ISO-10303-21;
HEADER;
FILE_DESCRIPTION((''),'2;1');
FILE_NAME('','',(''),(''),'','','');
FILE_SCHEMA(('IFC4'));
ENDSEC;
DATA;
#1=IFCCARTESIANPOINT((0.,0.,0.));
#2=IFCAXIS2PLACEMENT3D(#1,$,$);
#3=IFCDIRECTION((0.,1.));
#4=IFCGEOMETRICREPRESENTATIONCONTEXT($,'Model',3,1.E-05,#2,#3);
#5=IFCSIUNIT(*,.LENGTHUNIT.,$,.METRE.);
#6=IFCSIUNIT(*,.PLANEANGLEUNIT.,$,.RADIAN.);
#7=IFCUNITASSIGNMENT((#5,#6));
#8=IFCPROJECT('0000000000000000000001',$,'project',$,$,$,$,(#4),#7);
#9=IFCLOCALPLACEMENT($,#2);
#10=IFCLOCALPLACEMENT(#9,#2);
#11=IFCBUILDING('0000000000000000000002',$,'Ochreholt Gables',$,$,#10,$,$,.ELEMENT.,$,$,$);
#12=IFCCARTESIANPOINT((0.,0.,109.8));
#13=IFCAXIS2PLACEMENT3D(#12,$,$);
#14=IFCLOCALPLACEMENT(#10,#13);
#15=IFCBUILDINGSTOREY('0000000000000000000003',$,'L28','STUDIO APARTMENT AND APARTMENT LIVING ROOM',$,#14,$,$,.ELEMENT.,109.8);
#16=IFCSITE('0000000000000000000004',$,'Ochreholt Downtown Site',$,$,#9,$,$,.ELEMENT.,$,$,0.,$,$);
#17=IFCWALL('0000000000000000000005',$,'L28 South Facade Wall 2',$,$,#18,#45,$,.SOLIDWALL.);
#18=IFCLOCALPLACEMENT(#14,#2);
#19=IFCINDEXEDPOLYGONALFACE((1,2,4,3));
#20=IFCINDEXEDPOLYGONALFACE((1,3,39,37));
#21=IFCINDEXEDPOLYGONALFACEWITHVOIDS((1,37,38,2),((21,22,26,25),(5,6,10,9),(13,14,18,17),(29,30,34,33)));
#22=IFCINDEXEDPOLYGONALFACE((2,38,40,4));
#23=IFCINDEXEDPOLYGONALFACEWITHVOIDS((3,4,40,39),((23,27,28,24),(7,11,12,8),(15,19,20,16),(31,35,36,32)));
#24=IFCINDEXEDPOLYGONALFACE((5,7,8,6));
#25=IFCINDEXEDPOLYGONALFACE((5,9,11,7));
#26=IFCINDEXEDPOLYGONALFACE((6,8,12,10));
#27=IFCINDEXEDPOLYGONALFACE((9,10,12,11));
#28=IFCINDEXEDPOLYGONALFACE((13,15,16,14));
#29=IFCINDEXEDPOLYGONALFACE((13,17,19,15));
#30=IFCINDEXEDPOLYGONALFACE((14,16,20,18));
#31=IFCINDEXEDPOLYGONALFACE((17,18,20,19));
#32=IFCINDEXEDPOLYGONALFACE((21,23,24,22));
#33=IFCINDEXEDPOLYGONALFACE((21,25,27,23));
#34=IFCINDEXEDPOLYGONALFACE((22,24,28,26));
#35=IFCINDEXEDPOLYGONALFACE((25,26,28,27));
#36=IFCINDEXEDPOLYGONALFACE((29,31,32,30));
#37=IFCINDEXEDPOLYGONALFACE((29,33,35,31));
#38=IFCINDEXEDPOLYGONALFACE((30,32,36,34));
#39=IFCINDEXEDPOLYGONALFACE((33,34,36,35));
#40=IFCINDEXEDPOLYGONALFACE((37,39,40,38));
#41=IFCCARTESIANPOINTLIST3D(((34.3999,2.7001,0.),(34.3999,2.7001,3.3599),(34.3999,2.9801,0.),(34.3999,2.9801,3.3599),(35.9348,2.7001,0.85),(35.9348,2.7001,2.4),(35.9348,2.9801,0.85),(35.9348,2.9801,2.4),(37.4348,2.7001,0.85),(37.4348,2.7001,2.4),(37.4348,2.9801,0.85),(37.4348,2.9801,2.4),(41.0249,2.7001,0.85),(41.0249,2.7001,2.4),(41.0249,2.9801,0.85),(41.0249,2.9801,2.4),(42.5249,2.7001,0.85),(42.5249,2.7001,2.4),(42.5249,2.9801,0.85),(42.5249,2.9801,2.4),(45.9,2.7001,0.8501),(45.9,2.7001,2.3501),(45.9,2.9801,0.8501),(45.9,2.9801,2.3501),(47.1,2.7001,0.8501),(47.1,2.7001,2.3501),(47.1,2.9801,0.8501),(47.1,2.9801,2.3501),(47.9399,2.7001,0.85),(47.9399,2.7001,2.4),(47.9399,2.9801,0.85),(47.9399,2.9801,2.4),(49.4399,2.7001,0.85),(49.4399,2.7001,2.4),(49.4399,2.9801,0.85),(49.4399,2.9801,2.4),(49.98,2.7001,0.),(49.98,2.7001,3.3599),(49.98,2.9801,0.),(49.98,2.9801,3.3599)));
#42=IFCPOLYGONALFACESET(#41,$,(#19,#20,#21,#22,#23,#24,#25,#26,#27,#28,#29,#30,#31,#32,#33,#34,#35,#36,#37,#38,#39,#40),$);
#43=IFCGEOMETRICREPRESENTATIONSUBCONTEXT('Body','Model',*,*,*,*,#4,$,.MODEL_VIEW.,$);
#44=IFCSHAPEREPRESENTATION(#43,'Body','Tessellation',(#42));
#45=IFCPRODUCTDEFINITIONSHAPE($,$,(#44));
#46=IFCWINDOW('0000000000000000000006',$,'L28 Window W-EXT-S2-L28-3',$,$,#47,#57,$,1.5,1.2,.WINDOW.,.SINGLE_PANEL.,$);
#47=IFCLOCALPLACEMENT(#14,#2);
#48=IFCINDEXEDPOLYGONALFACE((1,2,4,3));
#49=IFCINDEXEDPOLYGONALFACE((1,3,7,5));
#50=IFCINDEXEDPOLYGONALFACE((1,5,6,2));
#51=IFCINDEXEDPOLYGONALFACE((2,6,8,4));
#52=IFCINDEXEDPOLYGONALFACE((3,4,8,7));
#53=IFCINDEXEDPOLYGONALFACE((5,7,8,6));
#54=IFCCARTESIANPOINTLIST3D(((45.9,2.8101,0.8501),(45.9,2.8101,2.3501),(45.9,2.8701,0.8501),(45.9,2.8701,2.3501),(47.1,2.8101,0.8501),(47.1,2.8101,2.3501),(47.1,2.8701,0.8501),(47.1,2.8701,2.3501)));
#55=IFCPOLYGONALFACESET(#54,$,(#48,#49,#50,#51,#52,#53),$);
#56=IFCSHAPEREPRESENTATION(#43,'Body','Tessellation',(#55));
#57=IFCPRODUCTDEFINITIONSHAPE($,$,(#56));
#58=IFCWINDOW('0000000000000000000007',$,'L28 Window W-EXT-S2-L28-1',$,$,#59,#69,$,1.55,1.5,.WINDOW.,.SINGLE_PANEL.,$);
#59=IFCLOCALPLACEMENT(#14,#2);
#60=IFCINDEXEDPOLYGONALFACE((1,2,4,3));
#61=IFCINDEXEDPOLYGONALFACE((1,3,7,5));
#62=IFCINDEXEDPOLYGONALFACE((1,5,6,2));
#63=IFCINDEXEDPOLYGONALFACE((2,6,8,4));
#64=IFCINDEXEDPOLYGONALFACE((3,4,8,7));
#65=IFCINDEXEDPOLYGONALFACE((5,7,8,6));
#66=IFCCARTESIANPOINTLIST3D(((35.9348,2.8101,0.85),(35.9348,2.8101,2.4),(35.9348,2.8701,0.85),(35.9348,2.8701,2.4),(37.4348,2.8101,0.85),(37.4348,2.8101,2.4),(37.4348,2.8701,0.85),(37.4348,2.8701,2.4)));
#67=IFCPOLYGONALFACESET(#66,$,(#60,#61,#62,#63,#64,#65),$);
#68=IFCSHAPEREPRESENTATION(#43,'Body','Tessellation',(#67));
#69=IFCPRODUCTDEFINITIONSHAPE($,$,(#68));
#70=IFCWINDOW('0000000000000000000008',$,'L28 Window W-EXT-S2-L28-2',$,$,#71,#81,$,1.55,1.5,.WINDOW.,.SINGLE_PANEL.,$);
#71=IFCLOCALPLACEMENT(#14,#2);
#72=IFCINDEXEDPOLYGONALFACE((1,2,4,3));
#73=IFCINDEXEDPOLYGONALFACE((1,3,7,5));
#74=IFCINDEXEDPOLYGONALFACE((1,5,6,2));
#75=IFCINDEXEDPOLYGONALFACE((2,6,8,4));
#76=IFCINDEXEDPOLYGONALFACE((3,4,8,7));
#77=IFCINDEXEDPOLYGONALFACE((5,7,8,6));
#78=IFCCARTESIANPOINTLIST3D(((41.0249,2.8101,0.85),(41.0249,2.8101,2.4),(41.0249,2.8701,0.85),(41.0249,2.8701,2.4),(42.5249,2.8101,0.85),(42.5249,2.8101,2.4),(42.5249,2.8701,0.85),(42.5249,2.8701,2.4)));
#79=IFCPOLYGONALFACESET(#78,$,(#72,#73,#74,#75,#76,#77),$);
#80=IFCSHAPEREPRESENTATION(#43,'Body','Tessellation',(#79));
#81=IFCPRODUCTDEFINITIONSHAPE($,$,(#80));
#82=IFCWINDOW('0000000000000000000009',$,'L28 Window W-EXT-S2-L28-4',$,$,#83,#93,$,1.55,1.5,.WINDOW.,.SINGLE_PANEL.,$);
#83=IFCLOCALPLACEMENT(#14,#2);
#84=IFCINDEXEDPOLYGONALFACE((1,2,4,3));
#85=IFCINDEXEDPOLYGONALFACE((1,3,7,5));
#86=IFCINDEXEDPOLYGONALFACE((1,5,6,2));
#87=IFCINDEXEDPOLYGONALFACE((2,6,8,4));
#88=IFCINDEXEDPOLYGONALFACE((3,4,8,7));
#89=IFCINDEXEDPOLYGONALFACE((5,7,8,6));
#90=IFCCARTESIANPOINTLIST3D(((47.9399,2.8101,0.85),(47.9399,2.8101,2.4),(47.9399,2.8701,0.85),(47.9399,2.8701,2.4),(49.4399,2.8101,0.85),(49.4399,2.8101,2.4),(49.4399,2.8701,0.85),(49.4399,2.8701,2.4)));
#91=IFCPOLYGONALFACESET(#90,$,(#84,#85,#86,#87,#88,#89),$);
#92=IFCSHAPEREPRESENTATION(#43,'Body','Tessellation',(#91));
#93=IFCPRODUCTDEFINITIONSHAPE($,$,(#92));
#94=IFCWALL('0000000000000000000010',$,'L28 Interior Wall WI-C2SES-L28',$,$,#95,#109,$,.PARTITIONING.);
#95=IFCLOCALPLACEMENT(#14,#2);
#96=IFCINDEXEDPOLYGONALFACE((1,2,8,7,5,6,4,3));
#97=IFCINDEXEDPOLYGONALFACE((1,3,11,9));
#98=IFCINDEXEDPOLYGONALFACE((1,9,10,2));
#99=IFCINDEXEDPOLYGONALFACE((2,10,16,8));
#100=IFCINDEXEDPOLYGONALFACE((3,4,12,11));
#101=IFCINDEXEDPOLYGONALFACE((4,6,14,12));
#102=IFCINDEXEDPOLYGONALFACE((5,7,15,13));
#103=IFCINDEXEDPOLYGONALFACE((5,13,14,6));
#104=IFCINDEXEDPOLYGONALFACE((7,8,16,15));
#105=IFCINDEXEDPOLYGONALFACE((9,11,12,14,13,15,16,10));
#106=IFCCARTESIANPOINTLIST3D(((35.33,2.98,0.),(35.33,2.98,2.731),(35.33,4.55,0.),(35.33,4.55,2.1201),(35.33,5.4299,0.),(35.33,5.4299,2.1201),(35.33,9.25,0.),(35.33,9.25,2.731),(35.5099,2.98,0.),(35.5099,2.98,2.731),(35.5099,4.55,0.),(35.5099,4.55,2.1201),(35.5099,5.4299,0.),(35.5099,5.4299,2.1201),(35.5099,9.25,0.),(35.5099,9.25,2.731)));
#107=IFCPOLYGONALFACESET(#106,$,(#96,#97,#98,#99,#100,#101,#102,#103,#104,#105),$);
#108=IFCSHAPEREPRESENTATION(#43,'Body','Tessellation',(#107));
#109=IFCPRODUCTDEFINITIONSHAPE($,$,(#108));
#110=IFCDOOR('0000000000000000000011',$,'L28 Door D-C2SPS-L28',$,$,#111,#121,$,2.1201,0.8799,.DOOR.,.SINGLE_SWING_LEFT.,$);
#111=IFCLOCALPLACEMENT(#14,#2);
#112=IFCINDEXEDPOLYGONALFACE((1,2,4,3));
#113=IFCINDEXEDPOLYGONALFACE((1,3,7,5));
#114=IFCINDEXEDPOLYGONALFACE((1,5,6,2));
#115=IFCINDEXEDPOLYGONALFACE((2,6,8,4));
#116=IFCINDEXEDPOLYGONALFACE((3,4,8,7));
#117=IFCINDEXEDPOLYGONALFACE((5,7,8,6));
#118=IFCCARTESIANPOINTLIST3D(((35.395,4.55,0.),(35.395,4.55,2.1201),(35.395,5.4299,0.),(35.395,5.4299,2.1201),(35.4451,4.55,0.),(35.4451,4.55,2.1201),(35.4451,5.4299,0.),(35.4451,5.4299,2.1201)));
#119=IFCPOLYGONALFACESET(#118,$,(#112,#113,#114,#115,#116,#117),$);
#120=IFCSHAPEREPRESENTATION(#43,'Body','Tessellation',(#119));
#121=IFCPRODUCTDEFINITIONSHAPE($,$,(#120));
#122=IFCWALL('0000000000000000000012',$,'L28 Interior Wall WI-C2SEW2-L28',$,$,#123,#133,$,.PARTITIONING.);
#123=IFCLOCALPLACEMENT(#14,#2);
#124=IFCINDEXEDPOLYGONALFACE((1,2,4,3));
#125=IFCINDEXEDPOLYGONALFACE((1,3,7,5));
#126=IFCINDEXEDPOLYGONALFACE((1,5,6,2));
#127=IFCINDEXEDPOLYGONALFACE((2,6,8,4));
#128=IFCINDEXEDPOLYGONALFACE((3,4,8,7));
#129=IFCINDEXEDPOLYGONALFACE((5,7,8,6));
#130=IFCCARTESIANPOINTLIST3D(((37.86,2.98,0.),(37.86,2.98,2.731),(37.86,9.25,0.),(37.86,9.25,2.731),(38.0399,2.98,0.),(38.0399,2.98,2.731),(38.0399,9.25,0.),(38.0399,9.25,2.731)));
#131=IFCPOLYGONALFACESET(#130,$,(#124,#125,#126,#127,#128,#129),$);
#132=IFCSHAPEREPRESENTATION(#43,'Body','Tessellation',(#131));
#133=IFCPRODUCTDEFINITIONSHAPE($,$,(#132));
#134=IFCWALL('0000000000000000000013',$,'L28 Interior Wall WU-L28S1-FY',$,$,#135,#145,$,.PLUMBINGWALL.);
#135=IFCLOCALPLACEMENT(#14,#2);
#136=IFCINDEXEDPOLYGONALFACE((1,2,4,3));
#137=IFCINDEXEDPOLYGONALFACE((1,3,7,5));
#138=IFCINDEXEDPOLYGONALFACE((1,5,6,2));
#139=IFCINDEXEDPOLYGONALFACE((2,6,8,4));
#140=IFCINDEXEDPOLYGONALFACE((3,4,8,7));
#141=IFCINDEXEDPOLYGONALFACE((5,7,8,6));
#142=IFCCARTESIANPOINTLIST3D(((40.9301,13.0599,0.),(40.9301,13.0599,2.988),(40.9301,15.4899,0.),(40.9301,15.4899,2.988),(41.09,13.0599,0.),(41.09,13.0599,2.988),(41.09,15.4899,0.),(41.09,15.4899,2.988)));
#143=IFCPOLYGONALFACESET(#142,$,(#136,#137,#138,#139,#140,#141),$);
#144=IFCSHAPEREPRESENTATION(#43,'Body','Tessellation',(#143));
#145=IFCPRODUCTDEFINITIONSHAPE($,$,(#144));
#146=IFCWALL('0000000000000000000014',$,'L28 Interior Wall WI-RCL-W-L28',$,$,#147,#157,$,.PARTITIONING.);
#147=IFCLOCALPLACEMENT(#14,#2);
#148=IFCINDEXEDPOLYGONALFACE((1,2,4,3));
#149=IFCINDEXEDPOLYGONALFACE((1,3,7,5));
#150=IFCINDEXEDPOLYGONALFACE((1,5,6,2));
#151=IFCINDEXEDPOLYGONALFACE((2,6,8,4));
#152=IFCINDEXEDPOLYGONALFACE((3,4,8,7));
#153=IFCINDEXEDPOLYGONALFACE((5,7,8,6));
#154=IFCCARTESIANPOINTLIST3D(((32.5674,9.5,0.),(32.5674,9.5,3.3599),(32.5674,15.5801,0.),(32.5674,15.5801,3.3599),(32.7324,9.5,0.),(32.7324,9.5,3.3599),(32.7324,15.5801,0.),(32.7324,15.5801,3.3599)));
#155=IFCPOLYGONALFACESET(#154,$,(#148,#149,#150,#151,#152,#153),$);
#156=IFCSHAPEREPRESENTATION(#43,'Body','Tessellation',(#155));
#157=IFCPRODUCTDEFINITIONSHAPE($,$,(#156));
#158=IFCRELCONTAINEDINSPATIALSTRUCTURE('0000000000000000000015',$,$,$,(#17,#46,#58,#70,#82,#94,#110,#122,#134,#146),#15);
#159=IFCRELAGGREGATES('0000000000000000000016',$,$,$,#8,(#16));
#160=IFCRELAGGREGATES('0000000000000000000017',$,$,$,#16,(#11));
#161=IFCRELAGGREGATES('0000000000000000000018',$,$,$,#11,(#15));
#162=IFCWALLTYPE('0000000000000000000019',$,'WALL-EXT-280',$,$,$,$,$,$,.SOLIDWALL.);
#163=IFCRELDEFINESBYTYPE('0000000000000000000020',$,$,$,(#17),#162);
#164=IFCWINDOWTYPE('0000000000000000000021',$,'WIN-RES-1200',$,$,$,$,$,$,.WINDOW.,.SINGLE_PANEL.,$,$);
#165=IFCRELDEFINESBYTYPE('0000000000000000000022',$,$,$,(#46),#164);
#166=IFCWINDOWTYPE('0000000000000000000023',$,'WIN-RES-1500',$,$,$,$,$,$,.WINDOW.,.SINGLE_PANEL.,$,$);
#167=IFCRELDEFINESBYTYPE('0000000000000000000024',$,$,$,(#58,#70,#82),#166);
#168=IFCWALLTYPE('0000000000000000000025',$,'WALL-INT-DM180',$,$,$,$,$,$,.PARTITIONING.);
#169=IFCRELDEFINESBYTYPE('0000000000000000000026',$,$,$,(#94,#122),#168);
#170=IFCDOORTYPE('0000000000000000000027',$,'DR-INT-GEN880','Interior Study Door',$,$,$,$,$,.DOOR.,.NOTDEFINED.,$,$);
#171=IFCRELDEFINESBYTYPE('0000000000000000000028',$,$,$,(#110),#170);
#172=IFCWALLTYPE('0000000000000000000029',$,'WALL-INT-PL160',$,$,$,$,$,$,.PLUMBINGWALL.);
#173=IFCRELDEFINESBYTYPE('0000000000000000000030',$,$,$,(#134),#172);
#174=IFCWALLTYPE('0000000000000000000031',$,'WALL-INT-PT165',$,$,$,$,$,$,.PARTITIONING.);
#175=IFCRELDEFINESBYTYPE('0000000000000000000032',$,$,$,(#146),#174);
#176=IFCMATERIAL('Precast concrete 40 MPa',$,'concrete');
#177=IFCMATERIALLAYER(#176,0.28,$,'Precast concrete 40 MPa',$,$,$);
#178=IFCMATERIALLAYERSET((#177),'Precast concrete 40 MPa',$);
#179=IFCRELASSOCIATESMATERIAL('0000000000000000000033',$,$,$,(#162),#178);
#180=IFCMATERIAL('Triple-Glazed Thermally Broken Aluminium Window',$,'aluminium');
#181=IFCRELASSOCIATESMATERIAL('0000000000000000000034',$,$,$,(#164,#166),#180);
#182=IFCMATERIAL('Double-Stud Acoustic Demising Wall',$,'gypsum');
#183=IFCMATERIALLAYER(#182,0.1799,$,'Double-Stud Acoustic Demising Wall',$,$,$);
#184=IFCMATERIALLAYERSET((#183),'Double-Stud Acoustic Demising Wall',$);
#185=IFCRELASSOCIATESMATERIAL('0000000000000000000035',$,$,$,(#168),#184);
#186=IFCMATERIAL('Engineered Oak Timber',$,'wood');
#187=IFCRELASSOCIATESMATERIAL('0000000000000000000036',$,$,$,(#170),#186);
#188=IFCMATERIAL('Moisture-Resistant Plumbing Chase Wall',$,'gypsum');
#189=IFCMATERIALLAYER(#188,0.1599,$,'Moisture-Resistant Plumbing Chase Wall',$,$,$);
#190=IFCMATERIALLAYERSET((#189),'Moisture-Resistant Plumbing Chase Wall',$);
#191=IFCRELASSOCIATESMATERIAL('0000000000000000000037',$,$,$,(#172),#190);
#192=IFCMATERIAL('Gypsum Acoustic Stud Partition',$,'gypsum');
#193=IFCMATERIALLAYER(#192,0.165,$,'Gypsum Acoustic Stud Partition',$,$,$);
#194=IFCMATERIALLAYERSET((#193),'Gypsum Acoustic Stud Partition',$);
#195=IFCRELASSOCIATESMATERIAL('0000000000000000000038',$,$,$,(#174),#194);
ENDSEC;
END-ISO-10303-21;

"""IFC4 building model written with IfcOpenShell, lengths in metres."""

from ifc_helpers import new_model, si_unit, direction, frame, frame_2d, origin, place, context, subcontext, project, spatial, rectangle, extrude, material, layer, layer_set, type_object, element, fill, save


model = new_model("IFC4")

# Units and contexts
model_context = context("Model", 3, precision=1e-05, world=origin(), true_north=direction((0.0, 1.0)))
body_context = subcontext(model_context, "Body", "Model", "MODEL_VIEW")
ifc_project = project(units=[si_unit("LENGTHUNIT", "METRE"), si_unit("PLANEANGLEUNIT", "RADIAN")], contexts=[model_context])

# Site, building, storey
site_placement = place(None, origin())
site = spatial("IfcSite", under=ifc_project, at=site_placement, Name="Ochreholt Downtown Site", CompositionType="ELEMENT", RefElevation=0.0)
building_placement = place(site_placement, origin())
building = spatial("IfcBuilding", under=site, at=building_placement, Name="Ochreholt Gables", CompositionType="ELEMENT")
storey_placement = place(building_placement, frame((0.0, 0.0, 109.8)))
storey = spatial("IfcBuildingStorey", under=building, at=storey_placement, Name="L28", Description="STUDIO APARTMENT AND APARTMENT LIVING ROOM", CompositionType="ELEMENT", Elevation=109.8)

# Wall, openings, windows
ifc_material_1 = material(Name="Precast concrete 40 MPa", Category="concrete")
ifc_layer_1 = layer(ifc_material_1, 0.28, Name="Precast concrete 40 MPa")
ifc_layer_set_1 = layer_set([ifc_layer_1], Name="Precast concrete 40 MPa")
wall_type_1 = type_object("IfcWallType", Name="WALL-EXT-280", PredefinedType="SOLIDWALL", material=ifc_layer_set_1)
wall_1_placement = place(storey_placement, frame((34.3999, 2.8401, 0.0), z_axis=(0.0, 0.0, 1.0), x_axis=(1.0, 0.0, 0.0)))
wall_1 = element("IfcWall", 1, at=wall_1_placement, inside=storey, type_object=wall_type_1, Name="L28 South Facade Wall 2", PredefinedType="SOLIDWALL", context=body_context, shape_type="SweptSolid", body=[
    extrude(rectangle(XDim=15.5801, YDim=0.28, at=frame_2d((7.79, 0.0))), origin(), (0.0, 0.0, 1.0), 3.3599),
])
opening_1_placement = place(wall_1_placement, frame((1.5349, 0.0, 0.8501)))
opening_1 = element("IfcOpeningElement", 2, at=opening_1_placement, cuts=wall_1, PredefinedType="OPENING", context=body_context, shape_type="SweptSolid", body=[
    extrude(rectangle(XDim=1.5, YDim=1.55, at=frame_2d((0.75, 0.7749))), frame((0.0, 0.1499, 0.0), z_axis=(0.0, -1.0, 0.0), x_axis=(1.0, 0.0, 0.0)), (0.0, 0.0, 1.0), 0.3),
])
opening_2_placement = place(wall_1_placement, frame((6.625, 0.0, 0.8501)))
opening_2 = element("IfcOpeningElement", 3, at=opening_2_placement, cuts=wall_1, PredefinedType="OPENING", context=body_context, shape_type="SweptSolid", body=[
    extrude(rectangle(XDim=1.5, YDim=1.55, at=frame_2d((0.75, 0.7749))), frame((0.0, 0.1499, 0.0), z_axis=(0.0, -1.0, 0.0), x_axis=(1.0, 0.0, 0.0)), (0.0, 0.0, 1.0), 0.3),
])
opening_3_placement = place(wall_1_placement, frame((11.5, 0.0, 0.8501)))
opening_3 = element("IfcOpeningElement", 4, at=opening_3_placement, cuts=wall_1, PredefinedType="OPENING", context=body_context, shape_type="SweptSolid", body=[
    extrude(rectangle(XDim=1.2, YDim=1.5, at=frame_2d((0.6001, 0.75))), frame((0.0, 0.1499, 0.0), z_axis=(0.0, -1.0, 0.0), x_axis=(1.0, 0.0, 0.0)), (0.0, 0.0, 1.0), 0.3),
])
opening_4_placement = place(wall_1_placement, frame((13.54, 0.0, 0.8501)))
opening_4 = element("IfcOpeningElement", 5, at=opening_4_placement, cuts=wall_1, PredefinedType="OPENING", context=body_context, shape_type="SweptSolid", body=[
    extrude(rectangle(XDim=1.5, YDim=1.55, at=frame_2d((0.75, 0.7749))), frame((0.0, 0.1499, 0.0), z_axis=(0.0, -1.0, 0.0), x_axis=(1.0, 0.0, 0.0)), (0.0, 0.0, 1.0), 0.3),
])
ifc_material_2 = material(Name="Triple-Glazed Thermally Broken Aluminium Window", Category="aluminium")
window_type_1 = type_object("IfcWindowType", Name="WIN-RES-1200", PartitioningType="SINGLE_PANEL", PredefinedType="WINDOW", material=ifc_material_2)
window_1_placement = place(opening_3_placement, origin())
window_1 = element("IfcWindow", 6, at=window_1_placement, inside=storey, type_object=window_type_1, Name="L28 Window W-EXT-S2-L28-3", OverallHeight=1.5, OverallWidth=1.2, PartitioningType="SINGLE_PANEL", PredefinedType="WINDOW", context=body_context, shape_type="SweptSolid", body=[
    extrude(rectangle(XDim=1.2, YDim=1.5, at=frame_2d((0.6001, 0.75))), frame((0.0, 0.03, 0.0), z_axis=(0.0, -1.0, 0.0), x_axis=(1.0, 0.0, 0.0)), (0.0, 0.0, 1.0), 0.0601),
])
fill(opening_3, window_1)
window_type_2 = type_object("IfcWindowType", Name="WIN-RES-1500", PartitioningType="SINGLE_PANEL", PredefinedType="WINDOW", material=ifc_material_2)
window_2_placement = place(opening_1_placement, origin())
window_2 = element("IfcWindow", 7, at=window_2_placement, inside=storey, type_object=window_type_2, Name="L28 Window W-EXT-S2-L28-1", OverallHeight=1.55, OverallWidth=1.5, PartitioningType="SINGLE_PANEL", PredefinedType="WINDOW", context=body_context, shape_type="SweptSolid", body=[
    extrude(rectangle(XDim=1.5, YDim=1.55, at=frame_2d((0.75, 0.7749))), frame((0.0, 0.03, 0.0), z_axis=(0.0, -1.0, 0.0), x_axis=(1.0, 0.0, 0.0)), (0.0, 0.0, 1.0), 0.0601),
])
fill(opening_1, window_2)
window_3_placement = place(opening_2_placement, origin())
window_3 = element("IfcWindow", 8, at=window_3_placement, inside=storey, type_object=window_type_2, Name="L28 Window W-EXT-S2-L28-2", OverallHeight=1.55, OverallWidth=1.5, PartitioningType="SINGLE_PANEL", PredefinedType="WINDOW", context=body_context, shape_type="SweptSolid", body=[
    extrude(rectangle(XDim=1.5, YDim=1.55, at=frame_2d((0.75, 0.7749))), frame((0.0, 0.03, 0.0), z_axis=(0.0, -1.0, 0.0), x_axis=(1.0, 0.0, 0.0)), (0.0, 0.0, 1.0), 0.0601),
])
fill(opening_2, window_3)
window_4_placement = place(opening_4_placement, origin())
window_4 = element("IfcWindow", 9, at=window_4_placement, inside=storey, type_object=window_type_2, Name="L28 Window W-EXT-S2-L28-4", OverallHeight=1.55, OverallWidth=1.5, PartitioningType="SINGLE_PANEL", PredefinedType="WINDOW", context=body_context, shape_type="SweptSolid", body=[
    extrude(rectangle(XDim=1.5, YDim=1.55, at=frame_2d((0.75, 0.7749))), frame((0.0, 0.03, 0.0), z_axis=(0.0, -1.0, 0.0), x_axis=(1.0, 0.0, 0.0)), (0.0, 0.0, 1.0), 0.0601),
])
fill(opening_4, window_4)

# Wall, opening, door
ifc_material_3 = material(Name="Double-Stud Acoustic Demising Wall", Category="gypsum")
ifc_layer_2 = layer(ifc_material_3, 0.1799, Name="Double-Stud Acoustic Demising Wall")
ifc_layer_set_2 = layer_set([ifc_layer_2], Name="Double-Stud Acoustic Demising Wall")
wall_type_2 = type_object("IfcWallType", Name="WALL-INT-DM180", PredefinedType="PARTITIONING", material=ifc_layer_set_2)
wall_2_placement = place(storey_placement, frame((35.4199, 2.98, 0.0), z_axis=(0.0, 0.0, 1.0), x_axis=(0.0, 1.0, 0.0)))
wall_2 = element("IfcWall", 10, at=wall_2_placement, inside=storey, type_object=wall_type_2, Name="L28 Interior Wall WI-C2SES-L28", PredefinedType="PARTITIONING", context=body_context, shape_type="SweptSolid", body=[
    extrude(rectangle(XDim=6.27, YDim=0.1799, at=frame_2d((3.135, 0.0))), origin(), (0.0, 0.0, 1.0), 2.731),
])
opening_5_placement = place(wall_2_placement, frame((1.5701, 0.0, 0.0)))
opening_5 = element("IfcOpeningElement", 11, at=opening_5_placement, cuts=wall_2, PredefinedType="OPENING", context=body_context, shape_type="SweptSolid", body=[
    extrude(rectangle(XDim=0.8799, YDim=2.1201, at=frame_2d((0.4399, 1.0601))), frame((0.0, 0.0999, 0.0), z_axis=(0.0, -1.0, 0.0), x_axis=(1.0, 0.0, 0.0)), (0.0, 0.0, 1.0), 0.2),
])
ifc_material_4 = material(Name="Engineered Oak Timber", Category="wood")
door_type_1 = type_object("IfcDoorType", Name="DR-INT-GEN880", Description="Interior Study Door", OperationType="NOTDEFINED", PredefinedType="DOOR", material=ifc_material_4)
door_1_placement = place(opening_5_placement, origin())
door_1 = element("IfcDoor", 12, at=door_1_placement, inside=storey, type_object=door_type_1, Name="L28 Door D-C2SPS-L28", OperationType="SINGLE_SWING_LEFT", OverallHeight=2.1201, OverallWidth=0.8799, PredefinedType="DOOR", context=body_context, shape_type="SweptSolid", body=[
    extrude(rectangle(XDim=0.8799, YDim=2.1201, at=frame_2d((0.4399, 1.0601))), frame((0.0, 0.0249, 0.0), z_axis=(0.0, -1.0, 0.0), x_axis=(1.0, 0.0, 0.0)), (0.0, 0.0, 1.0), 0.05),
])
fill(opening_5, door_1)

# Walls
wall_3_placement = place(storey_placement, frame((37.95, 2.98, 0.0), z_axis=(0.0, 0.0, 1.0), x_axis=(0.0, 1.0, 0.0)))
element("IfcWall", 13, at=wall_3_placement, inside=storey, type_object=wall_type_2, Name="L28 Interior Wall WI-C2SEW2-L28", PredefinedType="PARTITIONING", context=body_context, shape_type="SweptSolid", body=[
    extrude(rectangle(XDim=6.27, YDim=0.1799, at=frame_2d((3.135, 0.0))), origin(), (0.0, 0.0, 1.0), 2.731),
])
ifc_material_5 = material(Name="Moisture-Resistant Plumbing Chase Wall", Category="gypsum")
ifc_layer_3 = layer(ifc_material_5, 0.1599, Name="Moisture-Resistant Plumbing Chase Wall")
ifc_layer_set_3 = layer_set([ifc_layer_3], Name="Moisture-Resistant Plumbing Chase Wall")
wall_type_3 = type_object("IfcWallType", Name="WALL-INT-PL160", PredefinedType="PLUMBINGWALL", material=ifc_layer_set_3)
wall_4_placement = place(storey_placement, frame((41.01, 13.0601, 0.0), z_axis=(0.0, 0.0, 1.0), x_axis=(0.0, 1.0, 0.0)))
element("IfcWall", 14, at=wall_4_placement, inside=storey, type_object=wall_type_3, Name="L28 Interior Wall WU-L28S1-FY", PredefinedType="PLUMBINGWALL", context=body_context, shape_type="SweptSolid", body=[
    extrude(rectangle(XDim=2.4299, YDim=0.1599, at=frame_2d((1.2148, 0.0))), origin(), (0.0, 0.0, 1.0), 2.988),
])
ifc_material_6 = material(Name="Gypsum Acoustic Stud Partition", Category="gypsum")
ifc_layer_4 = layer(ifc_material_6, 0.165, Name="Gypsum Acoustic Stud Partition")
ifc_layer_set_4 = layer_set([ifc_layer_4], Name="Gypsum Acoustic Stud Partition")
wall_type_4 = type_object("IfcWallType", Name="WALL-INT-PT165", PredefinedType="PARTITIONING", material=ifc_layer_set_4)
wall_5_placement = place(storey_placement, frame((32.6499, 9.5, 0.0), z_axis=(0.0, 0.0, 1.0), x_axis=(0.0, 1.0, 0.0)))
element("IfcWall", 15, at=wall_5_placement, inside=storey, type_object=wall_type_4, Name="L28 Interior Wall WI-RCL-W-L28", PredefinedType="PARTITIONING", context=body_context, shape_type="SweptSolid", body=[
    extrude(rectangle(XDim=6.0801, YDim=0.165, at=frame_2d((3.04, 0.0))), origin(), (0.0, 0.0, 1.0), 3.3599),
])

save(model, "model.ifc")
